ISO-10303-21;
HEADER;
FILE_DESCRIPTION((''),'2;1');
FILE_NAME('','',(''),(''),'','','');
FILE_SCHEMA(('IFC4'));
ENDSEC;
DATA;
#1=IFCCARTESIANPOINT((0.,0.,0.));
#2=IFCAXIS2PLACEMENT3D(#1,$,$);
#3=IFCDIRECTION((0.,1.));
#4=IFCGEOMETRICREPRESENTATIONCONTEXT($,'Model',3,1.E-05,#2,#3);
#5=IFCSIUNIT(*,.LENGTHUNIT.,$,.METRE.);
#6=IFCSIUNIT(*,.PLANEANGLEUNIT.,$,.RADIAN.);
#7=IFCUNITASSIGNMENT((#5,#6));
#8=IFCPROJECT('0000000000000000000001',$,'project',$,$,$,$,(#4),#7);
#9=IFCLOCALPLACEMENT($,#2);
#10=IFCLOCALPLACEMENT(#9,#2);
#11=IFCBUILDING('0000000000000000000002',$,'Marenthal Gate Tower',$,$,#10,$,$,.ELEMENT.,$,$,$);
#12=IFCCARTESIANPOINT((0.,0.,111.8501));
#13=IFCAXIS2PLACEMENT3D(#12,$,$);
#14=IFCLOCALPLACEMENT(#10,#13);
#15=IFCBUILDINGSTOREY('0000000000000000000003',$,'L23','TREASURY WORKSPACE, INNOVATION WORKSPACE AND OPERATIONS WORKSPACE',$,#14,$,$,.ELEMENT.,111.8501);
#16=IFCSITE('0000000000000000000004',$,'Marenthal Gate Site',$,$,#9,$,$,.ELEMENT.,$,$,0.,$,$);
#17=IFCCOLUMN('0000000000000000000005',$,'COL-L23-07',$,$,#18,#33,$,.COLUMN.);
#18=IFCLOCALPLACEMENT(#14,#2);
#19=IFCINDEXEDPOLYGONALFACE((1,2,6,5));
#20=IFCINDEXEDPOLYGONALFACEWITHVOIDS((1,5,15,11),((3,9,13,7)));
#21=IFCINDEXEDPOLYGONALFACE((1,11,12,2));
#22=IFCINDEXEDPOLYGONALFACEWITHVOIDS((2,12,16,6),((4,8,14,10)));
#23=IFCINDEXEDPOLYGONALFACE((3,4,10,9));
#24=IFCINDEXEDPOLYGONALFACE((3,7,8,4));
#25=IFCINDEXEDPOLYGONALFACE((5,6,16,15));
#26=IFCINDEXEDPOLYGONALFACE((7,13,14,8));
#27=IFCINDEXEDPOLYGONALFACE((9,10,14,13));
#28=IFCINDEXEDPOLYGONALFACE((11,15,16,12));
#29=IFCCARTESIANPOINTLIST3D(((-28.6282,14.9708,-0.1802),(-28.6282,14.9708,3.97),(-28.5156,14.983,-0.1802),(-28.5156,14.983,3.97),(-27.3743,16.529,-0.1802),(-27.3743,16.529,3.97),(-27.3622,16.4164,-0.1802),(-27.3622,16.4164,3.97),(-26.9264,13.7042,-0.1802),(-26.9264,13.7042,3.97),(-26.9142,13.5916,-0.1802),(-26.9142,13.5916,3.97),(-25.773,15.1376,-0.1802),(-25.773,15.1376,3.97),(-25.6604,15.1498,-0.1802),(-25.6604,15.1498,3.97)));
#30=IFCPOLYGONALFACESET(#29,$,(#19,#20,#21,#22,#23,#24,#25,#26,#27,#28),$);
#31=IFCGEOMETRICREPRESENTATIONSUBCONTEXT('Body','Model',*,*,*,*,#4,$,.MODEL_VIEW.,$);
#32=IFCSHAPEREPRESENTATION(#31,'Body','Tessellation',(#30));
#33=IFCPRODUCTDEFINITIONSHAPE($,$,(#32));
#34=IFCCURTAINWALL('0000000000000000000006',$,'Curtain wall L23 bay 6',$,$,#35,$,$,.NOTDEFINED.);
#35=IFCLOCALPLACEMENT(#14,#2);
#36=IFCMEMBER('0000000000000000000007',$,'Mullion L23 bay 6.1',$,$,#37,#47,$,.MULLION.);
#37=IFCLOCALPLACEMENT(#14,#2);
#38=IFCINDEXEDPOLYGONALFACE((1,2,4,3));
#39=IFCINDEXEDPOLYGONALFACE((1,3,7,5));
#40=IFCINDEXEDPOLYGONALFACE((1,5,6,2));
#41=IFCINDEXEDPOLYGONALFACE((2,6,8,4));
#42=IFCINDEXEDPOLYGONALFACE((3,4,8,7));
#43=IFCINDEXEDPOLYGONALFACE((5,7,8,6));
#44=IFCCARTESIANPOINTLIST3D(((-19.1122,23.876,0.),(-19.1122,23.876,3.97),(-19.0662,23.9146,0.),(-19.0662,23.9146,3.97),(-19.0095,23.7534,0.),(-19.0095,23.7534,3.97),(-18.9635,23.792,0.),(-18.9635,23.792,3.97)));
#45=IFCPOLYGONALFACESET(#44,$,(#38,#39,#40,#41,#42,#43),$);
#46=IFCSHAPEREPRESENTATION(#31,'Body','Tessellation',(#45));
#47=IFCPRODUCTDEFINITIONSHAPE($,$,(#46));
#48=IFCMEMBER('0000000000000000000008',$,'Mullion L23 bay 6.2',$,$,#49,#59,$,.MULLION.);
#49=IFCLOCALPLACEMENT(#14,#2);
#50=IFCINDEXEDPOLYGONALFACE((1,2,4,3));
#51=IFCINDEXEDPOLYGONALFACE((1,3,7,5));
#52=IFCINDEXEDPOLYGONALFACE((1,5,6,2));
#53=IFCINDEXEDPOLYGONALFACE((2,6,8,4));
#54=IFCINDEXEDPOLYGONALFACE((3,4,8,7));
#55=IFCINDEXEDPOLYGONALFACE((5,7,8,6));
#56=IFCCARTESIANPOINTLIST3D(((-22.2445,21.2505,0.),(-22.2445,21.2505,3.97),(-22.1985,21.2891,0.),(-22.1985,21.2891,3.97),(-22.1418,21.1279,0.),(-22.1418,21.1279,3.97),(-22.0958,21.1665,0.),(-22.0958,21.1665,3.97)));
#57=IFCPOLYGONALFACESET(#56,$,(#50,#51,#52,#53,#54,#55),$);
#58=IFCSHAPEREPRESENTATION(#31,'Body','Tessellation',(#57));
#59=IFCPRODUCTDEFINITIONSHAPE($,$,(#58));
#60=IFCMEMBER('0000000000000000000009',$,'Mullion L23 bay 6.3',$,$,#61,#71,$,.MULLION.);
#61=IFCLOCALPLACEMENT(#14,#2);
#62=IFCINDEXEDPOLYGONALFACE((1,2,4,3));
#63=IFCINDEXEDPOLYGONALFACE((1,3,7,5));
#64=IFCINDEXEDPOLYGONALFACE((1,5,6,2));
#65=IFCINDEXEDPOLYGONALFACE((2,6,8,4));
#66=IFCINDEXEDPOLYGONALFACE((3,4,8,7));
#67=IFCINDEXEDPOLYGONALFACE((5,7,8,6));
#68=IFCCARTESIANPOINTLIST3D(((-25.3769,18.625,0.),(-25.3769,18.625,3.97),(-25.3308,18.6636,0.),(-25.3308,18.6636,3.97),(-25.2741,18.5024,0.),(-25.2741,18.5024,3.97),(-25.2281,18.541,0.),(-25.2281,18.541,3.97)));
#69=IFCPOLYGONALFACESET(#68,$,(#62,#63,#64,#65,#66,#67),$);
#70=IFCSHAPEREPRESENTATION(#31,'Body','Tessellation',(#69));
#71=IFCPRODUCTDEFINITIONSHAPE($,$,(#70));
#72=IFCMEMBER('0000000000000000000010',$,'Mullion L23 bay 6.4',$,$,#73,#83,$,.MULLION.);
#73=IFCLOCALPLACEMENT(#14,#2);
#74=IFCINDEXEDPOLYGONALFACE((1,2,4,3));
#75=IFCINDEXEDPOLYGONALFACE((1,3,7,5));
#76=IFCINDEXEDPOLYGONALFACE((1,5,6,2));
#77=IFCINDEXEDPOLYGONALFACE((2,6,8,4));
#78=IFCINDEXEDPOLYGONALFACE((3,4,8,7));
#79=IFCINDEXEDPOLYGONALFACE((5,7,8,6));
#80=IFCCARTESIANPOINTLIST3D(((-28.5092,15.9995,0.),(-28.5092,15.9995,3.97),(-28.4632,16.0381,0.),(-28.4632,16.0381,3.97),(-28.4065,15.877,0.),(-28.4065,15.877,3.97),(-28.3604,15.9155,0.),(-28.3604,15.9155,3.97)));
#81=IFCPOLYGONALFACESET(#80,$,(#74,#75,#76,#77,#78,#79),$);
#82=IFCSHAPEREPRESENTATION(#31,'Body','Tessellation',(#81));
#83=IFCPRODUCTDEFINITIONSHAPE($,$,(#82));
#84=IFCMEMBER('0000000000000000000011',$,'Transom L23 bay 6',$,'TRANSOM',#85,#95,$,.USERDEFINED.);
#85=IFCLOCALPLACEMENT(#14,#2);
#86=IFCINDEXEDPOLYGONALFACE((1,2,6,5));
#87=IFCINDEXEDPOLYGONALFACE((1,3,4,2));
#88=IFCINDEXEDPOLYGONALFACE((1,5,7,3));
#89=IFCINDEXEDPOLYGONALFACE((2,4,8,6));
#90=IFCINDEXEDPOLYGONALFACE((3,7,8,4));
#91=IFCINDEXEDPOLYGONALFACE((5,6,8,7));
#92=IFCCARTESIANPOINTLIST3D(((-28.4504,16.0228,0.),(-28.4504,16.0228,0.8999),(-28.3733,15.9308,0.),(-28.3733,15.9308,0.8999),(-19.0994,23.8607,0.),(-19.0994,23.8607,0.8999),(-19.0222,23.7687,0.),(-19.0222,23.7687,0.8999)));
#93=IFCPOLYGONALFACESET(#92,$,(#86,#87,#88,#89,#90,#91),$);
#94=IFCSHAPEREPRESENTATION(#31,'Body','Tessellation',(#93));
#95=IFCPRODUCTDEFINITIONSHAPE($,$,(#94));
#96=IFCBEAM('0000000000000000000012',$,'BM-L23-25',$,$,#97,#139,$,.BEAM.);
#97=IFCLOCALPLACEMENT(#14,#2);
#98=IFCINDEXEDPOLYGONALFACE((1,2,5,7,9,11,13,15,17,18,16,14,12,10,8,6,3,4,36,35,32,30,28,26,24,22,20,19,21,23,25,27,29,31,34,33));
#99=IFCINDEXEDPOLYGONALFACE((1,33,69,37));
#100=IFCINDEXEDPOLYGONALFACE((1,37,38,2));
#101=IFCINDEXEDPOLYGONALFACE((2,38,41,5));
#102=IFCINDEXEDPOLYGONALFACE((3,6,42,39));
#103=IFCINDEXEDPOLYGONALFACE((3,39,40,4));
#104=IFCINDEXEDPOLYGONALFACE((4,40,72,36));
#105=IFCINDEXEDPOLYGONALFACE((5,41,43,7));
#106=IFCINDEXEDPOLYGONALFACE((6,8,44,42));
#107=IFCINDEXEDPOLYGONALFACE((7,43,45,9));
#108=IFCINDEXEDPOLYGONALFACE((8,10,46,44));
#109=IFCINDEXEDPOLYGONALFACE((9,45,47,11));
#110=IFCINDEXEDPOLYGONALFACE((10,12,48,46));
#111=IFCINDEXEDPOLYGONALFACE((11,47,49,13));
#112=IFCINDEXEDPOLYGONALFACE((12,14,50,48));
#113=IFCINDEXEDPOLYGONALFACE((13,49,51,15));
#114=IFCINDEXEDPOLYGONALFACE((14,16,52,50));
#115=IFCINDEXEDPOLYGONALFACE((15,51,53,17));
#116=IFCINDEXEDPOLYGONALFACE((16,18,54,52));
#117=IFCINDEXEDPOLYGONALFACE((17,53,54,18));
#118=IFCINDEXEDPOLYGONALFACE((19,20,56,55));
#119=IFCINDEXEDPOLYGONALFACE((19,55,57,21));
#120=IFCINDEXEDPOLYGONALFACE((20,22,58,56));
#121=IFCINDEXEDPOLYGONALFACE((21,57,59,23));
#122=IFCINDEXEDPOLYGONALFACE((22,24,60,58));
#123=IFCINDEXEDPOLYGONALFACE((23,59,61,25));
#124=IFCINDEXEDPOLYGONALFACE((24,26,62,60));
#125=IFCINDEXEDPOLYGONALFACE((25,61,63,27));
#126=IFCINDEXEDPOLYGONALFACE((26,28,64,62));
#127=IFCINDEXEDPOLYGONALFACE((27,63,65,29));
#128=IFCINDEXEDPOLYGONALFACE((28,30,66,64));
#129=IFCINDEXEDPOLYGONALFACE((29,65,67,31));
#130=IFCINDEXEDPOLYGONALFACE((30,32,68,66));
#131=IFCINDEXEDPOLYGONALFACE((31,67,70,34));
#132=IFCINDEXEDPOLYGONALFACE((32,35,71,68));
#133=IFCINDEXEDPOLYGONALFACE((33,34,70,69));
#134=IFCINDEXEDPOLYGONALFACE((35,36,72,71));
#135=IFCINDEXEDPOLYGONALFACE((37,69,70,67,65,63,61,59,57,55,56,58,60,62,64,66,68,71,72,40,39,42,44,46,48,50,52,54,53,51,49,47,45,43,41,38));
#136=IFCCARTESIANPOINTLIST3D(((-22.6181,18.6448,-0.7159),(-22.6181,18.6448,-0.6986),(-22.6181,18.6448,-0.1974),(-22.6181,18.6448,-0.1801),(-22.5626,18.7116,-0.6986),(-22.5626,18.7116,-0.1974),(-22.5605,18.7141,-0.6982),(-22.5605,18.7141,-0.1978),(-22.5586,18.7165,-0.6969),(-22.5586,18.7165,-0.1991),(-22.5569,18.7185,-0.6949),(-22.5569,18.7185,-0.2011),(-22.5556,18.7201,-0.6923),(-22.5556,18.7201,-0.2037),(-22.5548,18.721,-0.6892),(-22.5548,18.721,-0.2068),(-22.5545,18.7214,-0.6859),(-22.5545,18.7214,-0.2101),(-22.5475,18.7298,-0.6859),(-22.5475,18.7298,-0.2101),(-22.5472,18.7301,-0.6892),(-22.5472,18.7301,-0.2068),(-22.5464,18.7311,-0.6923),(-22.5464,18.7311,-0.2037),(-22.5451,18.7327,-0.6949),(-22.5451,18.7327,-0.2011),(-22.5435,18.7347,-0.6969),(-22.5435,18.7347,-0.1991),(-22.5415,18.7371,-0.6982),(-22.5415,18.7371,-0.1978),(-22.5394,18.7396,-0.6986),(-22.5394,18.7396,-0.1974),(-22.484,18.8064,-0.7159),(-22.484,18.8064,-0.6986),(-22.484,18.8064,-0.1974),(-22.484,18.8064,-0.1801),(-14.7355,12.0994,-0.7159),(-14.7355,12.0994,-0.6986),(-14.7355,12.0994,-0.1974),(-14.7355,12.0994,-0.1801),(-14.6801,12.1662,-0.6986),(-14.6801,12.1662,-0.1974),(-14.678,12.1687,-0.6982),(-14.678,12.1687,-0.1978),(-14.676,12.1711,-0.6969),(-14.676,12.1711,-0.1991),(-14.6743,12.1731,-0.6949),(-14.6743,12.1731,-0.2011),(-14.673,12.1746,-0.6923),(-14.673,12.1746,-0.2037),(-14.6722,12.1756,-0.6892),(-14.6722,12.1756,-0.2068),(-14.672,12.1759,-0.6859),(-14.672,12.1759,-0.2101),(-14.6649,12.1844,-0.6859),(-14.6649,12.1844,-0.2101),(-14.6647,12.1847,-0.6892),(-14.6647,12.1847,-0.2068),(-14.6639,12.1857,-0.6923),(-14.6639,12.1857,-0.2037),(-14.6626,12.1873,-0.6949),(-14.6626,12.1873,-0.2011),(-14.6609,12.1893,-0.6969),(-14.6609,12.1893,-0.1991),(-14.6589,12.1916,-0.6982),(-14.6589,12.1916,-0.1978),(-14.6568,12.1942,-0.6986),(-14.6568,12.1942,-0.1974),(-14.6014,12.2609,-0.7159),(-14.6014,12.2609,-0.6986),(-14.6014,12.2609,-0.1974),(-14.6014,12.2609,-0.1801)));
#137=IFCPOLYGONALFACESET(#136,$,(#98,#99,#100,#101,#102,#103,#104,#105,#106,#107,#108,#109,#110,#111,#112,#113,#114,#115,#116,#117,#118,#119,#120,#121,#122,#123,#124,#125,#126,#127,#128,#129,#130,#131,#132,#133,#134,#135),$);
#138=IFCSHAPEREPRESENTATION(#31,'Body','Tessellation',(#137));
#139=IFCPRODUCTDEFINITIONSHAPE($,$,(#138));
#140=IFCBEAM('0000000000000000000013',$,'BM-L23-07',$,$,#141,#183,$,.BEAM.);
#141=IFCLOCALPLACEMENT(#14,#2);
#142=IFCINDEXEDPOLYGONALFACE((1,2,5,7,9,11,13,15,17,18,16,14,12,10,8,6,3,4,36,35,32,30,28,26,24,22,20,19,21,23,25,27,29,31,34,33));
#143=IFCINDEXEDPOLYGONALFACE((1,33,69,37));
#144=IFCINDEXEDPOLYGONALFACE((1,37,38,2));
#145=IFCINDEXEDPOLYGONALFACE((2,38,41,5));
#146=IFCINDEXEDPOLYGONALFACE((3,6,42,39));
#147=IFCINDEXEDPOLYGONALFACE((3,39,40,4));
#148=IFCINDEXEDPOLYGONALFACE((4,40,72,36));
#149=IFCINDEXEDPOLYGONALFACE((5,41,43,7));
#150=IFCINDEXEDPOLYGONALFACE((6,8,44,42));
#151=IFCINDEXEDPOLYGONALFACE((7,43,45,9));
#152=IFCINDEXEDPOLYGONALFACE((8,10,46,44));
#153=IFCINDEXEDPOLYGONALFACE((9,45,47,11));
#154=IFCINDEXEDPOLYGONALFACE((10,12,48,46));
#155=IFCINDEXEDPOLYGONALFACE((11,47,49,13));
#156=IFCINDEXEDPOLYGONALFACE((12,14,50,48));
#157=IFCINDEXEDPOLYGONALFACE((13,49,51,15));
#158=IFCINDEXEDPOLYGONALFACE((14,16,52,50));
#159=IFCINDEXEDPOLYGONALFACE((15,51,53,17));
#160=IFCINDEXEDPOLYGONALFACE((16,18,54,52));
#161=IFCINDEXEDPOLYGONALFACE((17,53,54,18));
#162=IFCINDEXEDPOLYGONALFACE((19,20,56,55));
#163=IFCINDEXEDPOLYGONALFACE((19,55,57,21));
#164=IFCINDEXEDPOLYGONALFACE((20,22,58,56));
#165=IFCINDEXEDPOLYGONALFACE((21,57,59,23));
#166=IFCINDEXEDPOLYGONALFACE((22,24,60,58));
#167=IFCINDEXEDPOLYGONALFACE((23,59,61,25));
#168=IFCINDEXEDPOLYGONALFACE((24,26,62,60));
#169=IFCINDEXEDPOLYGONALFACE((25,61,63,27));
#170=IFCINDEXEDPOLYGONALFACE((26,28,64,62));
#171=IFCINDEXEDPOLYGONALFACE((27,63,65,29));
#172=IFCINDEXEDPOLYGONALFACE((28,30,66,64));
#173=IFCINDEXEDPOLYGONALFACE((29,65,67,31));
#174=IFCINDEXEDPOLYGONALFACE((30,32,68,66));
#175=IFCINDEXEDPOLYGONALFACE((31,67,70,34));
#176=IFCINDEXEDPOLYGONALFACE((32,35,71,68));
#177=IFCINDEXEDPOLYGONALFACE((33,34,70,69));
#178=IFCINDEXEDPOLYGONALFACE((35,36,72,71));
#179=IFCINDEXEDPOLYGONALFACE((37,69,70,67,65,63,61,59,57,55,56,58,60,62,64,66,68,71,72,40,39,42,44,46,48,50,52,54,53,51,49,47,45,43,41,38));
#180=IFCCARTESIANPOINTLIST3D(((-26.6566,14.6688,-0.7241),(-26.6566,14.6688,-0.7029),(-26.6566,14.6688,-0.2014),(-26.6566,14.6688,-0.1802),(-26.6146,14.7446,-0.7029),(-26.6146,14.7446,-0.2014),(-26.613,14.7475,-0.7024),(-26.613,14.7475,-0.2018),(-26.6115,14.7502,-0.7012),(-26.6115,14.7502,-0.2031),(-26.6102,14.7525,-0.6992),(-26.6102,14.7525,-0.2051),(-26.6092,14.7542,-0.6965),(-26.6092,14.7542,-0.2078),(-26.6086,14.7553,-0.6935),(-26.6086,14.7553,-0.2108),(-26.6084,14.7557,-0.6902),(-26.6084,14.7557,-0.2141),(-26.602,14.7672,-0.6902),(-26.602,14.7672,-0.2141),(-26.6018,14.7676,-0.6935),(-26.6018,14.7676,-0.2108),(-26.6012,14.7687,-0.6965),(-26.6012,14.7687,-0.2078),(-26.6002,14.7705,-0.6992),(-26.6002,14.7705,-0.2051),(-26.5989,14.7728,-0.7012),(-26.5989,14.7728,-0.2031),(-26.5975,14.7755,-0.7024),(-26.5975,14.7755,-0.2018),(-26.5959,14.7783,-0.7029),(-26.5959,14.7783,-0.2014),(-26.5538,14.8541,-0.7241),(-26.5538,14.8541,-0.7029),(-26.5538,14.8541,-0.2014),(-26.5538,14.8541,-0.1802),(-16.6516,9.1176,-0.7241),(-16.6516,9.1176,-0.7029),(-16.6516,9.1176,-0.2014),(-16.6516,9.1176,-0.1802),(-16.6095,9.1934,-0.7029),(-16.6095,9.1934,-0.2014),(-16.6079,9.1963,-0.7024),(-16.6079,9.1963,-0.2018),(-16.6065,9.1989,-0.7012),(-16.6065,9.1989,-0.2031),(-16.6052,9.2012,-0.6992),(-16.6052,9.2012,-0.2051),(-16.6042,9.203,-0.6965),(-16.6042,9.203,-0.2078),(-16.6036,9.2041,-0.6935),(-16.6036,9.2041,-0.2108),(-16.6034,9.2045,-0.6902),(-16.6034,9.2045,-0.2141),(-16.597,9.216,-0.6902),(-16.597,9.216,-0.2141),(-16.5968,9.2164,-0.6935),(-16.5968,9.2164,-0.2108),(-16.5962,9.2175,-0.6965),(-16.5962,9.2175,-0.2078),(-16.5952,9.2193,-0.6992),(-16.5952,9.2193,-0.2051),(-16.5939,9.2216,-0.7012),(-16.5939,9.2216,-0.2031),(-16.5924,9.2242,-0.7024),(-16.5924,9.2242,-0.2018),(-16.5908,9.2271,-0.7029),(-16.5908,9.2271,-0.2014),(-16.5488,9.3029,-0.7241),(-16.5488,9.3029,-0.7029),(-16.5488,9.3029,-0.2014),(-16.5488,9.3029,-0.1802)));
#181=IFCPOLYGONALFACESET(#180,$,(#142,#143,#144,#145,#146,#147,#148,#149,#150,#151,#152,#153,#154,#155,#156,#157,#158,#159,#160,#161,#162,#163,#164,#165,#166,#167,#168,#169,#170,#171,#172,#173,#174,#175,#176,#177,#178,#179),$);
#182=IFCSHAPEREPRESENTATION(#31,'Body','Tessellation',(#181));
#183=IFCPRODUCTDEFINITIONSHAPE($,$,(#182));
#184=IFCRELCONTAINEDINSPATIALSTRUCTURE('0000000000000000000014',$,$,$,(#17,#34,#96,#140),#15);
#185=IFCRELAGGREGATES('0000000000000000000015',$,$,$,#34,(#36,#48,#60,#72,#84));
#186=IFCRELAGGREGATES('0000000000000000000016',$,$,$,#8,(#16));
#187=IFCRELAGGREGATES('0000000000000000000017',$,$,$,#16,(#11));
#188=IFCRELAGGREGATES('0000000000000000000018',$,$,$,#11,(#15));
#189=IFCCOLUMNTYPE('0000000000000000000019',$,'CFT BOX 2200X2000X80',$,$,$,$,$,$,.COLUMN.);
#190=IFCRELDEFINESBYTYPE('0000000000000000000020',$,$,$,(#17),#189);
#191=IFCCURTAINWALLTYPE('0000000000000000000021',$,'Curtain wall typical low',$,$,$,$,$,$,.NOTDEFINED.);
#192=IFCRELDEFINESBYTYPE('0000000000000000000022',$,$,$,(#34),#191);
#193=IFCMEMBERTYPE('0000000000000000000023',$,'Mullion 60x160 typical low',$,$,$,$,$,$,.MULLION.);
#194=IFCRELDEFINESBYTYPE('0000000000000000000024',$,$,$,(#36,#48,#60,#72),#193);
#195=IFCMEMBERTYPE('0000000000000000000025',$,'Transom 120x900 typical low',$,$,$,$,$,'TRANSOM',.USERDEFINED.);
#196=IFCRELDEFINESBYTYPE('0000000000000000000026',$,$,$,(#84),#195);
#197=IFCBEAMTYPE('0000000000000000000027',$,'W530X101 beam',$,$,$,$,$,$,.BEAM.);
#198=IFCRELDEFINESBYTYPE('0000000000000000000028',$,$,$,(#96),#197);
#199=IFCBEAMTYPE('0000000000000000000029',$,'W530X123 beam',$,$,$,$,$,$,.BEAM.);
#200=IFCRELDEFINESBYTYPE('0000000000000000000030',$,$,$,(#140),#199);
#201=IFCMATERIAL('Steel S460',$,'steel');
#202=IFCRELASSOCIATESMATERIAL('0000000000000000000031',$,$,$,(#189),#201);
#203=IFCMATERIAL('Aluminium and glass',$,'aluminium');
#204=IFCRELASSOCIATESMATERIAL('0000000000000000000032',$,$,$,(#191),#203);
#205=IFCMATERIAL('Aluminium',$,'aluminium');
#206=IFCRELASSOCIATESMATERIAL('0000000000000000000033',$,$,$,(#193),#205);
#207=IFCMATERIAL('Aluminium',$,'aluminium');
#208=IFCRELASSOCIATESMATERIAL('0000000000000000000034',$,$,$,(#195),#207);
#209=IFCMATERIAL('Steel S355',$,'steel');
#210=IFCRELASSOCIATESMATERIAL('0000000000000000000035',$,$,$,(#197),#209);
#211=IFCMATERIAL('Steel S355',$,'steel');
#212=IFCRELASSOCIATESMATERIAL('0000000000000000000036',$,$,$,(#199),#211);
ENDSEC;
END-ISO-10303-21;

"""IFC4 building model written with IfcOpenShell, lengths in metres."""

from ifc_helpers import new_model, si_unit, direction, frame, origin, origin_2d, place, context, subcontext, project, spatial, rectangle, hollow_rectangle, i_section, extrude, material, material_profile, profile_set, type_object, element, aggregate, save


model = new_model("IFC4")

# Units and contexts
model_context = context("Model", 3, precision=1e-05, world=origin(), true_north=direction((0.0, 1.0)))
body_context = subcontext(model_context, "Body", "Model", "MODEL_VIEW")
ifc_project = project(units=[si_unit("LENGTHUNIT", "METRE"), si_unit("PLANEANGLEUNIT", "RADIAN")], contexts=[model_context])

# Site, building, storey
site_placement = place(None, origin())
site = spatial("IfcSite", under=ifc_project, at=site_placement, Name="Marenthal Gate Site", CompositionType="ELEMENT", RefElevation=0.0)
building_placement = place(site_placement, origin())
building = spatial("IfcBuilding", under=site, at=building_placement, Name="Marenthal Gate Tower", CompositionType="ELEMENT")
storey_placement = place(building_placement, frame((0.0, 0.0, 111.8501)))
storey = spatial("IfcBuildingStorey", under=building, at=storey_placement, Name="L23", Description="TREASURY WORKSPACE, INNOVATION WORKSPACE AND OPERATIONS WORKSPACE", CompositionType="ELEMENT", Elevation=111.8501)

# Column
ifc_material_1 = material(Name="Steel S460", Category="steel")
ifc_material_profile_1 = material_profile(ifc_material_1, hollow_rectangle(XDim=2.0, YDim=2.2, WallThickness=0.0801, at=origin_2d()), Name="CFT BOX 2200X2000X80")
ifc_material_2 = material(Name="Concrete 70 MPa", Category="concrete")
ifc_material_profile_2 = material_profile(ifc_material_2, rectangle(XDim=1.8401, YDim=2.04, at=origin_2d()), Name="CFT BOX 2200X2000X80 INFILL")
ifc_profile_set_1 = profile_set([ifc_material_profile_1, ifc_material_profile_2], Name="Steel S460 shell, Concrete 70 MPa infill")
column_type = type_object("IfcColumnType", Name="CFT BOX 2200X2000X80", PredefinedType="COLUMN", material=ifc_profile_set_1)
column_placement = place(storey_placement, frame((-27.1443, 15.0603, -0.1802), z_axis=(0.0, 0.0, 1.0), x_axis=(0.626918, 0.779085, 0.0)))
element("IfcColumn", 1, at=column_placement, inside=storey, type_object=column_type, Name="COL-L23-07", PredefinedType="COLUMN", context=body_context, shape_type="SweptSolid", body=[
    extrude(hollow_rectangle(XDim=2.0, YDim=2.2, WallThickness=0.0801, at=origin_2d()), origin(), (0.0, 0.0, 1.0), 4.1501),
])

# Curtain wall, members
ifc_material_3 = material(Name="Aluminium and glass", Category="aluminium")
curtain_wall_type = type_object("IfcCurtainWallType", Name="Curtain wall typical low", PredefinedType="NOTDEFINED", material=ifc_material_3)
curtain_wall_placement = place(storey_placement, origin())
curtain_wall = element("IfcCurtainWall", 2, at=curtain_wall_placement, inside=storey, type_object=curtain_wall_type, Name="Curtain wall L23 bay 6", PredefinedType="NOTDEFINED")
ifc_material_4 = material(Name="Aluminium", Category="aluminium")
ifc_material_profile_3 = material_profile(ifc_material_4, rectangle(XDim=0.1599, YDim=0.0601, at=origin_2d()), Name="60x160 aluminium mullion")
ifc_profile_set_2 = profile_set([ifc_material_profile_3], Name="Aluminium")
member_type_1 = type_object("IfcMemberType", Name="Mullion 60x160 typical low", PredefinedType="MULLION", material=ifc_profile_set_2)
member_1_placement = place(storey_placement, frame((-19.0378, 23.834, 0.0), z_axis=(0.0, 0.0, 1.0), x_axis=(0.642377, -0.766389, 0.0)))
member_1 = element("IfcMember", 3, at=member_1_placement, type_object=member_type_1, Name="Mullion L23 bay 6.1", PredefinedType="MULLION", context=body_context, shape_type="SweptSolid", body=[
    extrude(rectangle(XDim=0.1599, YDim=0.0601, at=origin_2d()), origin(), (0.0, 0.0, 1.0), 3.97),
])
member_2_placement = place(storey_placement, frame((-22.1702, 21.2085, 0.0), z_axis=(0.0, 0.0, 1.0), x_axis=(0.642377, -0.766389, 0.0)))
member_2 = element("IfcMember", 4, at=member_2_placement, type_object=member_type_1, Name="Mullion L23 bay 6.2", PredefinedType="MULLION", context=body_context, shape_type="SweptSolid", body=[
    extrude(rectangle(XDim=0.1599, YDim=0.0601, at=origin_2d()), origin(), (0.0, 0.0, 1.0), 3.97),
])
member_3_placement = place(storey_placement, frame((-25.3025, 18.583, 0.0), z_axis=(0.0, 0.0, 1.0), x_axis=(0.642377, -0.766389, 0.0)))
member_3 = element("IfcMember", 5, at=member_3_placement, type_object=member_type_1, Name="Mullion L23 bay 6.3", PredefinedType="MULLION", context=body_context, shape_type="SweptSolid", body=[
    extrude(rectangle(XDim=0.1599, YDim=0.0601, at=origin_2d()), origin(), (0.0, 0.0, 1.0), 3.97),
])
member_4_placement = place(storey_placement, frame((-28.4348, 15.9575, 0.0), z_axis=(0.0, 0.0, 1.0), x_axis=(0.642377, -0.766389, 0.0)))
member_4 = element("IfcMember", 6, at=member_4_placement, type_object=member_type_1, Name="Mullion L23 bay 6.4", PredefinedType="MULLION", context=body_context, shape_type="SweptSolid", body=[
    extrude(rectangle(XDim=0.1599, YDim=0.0601, at=origin_2d()), origin(), (0.0, 0.0, 1.0), 3.97),
])
ifc_material_5 = material(Name="Aluminium", Category="aluminium")
ifc_material_profile_4 = material_profile(ifc_material_5, rectangle(XDim=0.1201, YDim=0.8999, at=origin_2d()), Name="120x900 aluminium transom")
ifc_profile_set_3 = profile_set([ifc_material_profile_4], Name="Aluminium")
member_type_2 = type_object("IfcMemberType", Name="Transom 120x900 typical low", ElementType="TRANSOM", PredefinedType="USERDEFINED", material=ifc_profile_set_3)
member_5_placement = place(storey_placement, frame((-19.0608, 23.8147, 0.45), z_axis=(-0.766391, -0.642374, 0.0), x_axis=(0.642374, -0.766391, 0.0)))
member_5 = element("IfcMember", 7, at=member_5_placement, type_object=member_type_2, Name="Transom L23 bay 6", ObjectType="TRANSOM", PredefinedType="USERDEFINED", context=body_context, shape_type="SweptSolid", body=[
    extrude(rectangle(XDim=0.1201, YDim=0.8999, at=origin_2d()), origin(), (0.0, 0.0, 1.0), 12.2014),
])

# Beams
ifc_material_6 = material(Name="Steel S355", Category="steel")
ifc_material_profile_5 = material_profile(ifc_material_6, i_section(OverallWidth=0.21, OverallDepth=0.5359, WebThickness=0.011, FlangeThickness=0.0173, FilletRadius=0.0127, at=origin_2d()), Name="W530X101")
ifc_profile_set_4 = profile_set([ifc_material_profile_5], Name="Steel S355")
beam_type_1 = type_object("IfcBeamType", Name="W530X101 beam", PredefinedType="BEAM", material=ifc_profile_set_4)
beam_1_placement = place(storey_placement, frame((-22.551, 18.7256, -0.448), z_axis=(0.769343, -0.638836, 0.0), x_axis=(0.638836, 0.769343, 0.0)))
element("IfcBeam", 8, at=beam_1_placement, inside=storey, type_object=beam_type_1, Name="BM-L23-25", PredefinedType="BEAM", context=body_context, shape_type="SweptSolid", body=[
    extrude(i_section(OverallWidth=0.21, OverallDepth=0.5359, WebThickness=0.011, FlangeThickness=0.0173, FilletRadius=0.0127, at=origin_2d()), origin(), (0.0, 0.0, 1.0), 10.2458),
])
ifc_material_7 = material(Name="Steel S355", Category="steel")
ifc_material_profile_6 = material_profile(ifc_material_7, i_section(OverallWidth=0.2119, OverallDepth=0.5439, WebThickness=0.0132, FlangeThickness=0.0212, FilletRadius=0.0127, at=origin_2d()), Name="W530X123")
ifc_profile_set_5 = profile_set([ifc_material_profile_6], Name="Steel S355")
beam_type_2 = type_object("IfcBeamType", Name="W530X123 beam", PredefinedType="BEAM", material=ifc_profile_set_5)
beam_2_placement = place(storey_placement, frame((-26.6052, 14.7615, -0.4521), z_axis=(0.874422, -0.485166, 0.0), x_axis=(0.485166, 0.874422, 0.0)))
element("IfcBeam", 9, at=beam_2_placement, inside=storey, type_object=beam_type_2, Name="BM-L23-07", PredefinedType="BEAM", context=body_context, shape_type="SweptSolid", body=[
    extrude(i_section(OverallWidth=0.2119, OverallDepth=0.5439, WebThickness=0.0132, FlangeThickness=0.0212, FilletRadius=0.0127, at=origin_2d()), origin(), (0.0, 0.0, 1.0), 11.4419),
])

aggregate(curtain_wall, [member_1, member_2, member_3, member_4, member_5])

save(model, "model.ifc")
